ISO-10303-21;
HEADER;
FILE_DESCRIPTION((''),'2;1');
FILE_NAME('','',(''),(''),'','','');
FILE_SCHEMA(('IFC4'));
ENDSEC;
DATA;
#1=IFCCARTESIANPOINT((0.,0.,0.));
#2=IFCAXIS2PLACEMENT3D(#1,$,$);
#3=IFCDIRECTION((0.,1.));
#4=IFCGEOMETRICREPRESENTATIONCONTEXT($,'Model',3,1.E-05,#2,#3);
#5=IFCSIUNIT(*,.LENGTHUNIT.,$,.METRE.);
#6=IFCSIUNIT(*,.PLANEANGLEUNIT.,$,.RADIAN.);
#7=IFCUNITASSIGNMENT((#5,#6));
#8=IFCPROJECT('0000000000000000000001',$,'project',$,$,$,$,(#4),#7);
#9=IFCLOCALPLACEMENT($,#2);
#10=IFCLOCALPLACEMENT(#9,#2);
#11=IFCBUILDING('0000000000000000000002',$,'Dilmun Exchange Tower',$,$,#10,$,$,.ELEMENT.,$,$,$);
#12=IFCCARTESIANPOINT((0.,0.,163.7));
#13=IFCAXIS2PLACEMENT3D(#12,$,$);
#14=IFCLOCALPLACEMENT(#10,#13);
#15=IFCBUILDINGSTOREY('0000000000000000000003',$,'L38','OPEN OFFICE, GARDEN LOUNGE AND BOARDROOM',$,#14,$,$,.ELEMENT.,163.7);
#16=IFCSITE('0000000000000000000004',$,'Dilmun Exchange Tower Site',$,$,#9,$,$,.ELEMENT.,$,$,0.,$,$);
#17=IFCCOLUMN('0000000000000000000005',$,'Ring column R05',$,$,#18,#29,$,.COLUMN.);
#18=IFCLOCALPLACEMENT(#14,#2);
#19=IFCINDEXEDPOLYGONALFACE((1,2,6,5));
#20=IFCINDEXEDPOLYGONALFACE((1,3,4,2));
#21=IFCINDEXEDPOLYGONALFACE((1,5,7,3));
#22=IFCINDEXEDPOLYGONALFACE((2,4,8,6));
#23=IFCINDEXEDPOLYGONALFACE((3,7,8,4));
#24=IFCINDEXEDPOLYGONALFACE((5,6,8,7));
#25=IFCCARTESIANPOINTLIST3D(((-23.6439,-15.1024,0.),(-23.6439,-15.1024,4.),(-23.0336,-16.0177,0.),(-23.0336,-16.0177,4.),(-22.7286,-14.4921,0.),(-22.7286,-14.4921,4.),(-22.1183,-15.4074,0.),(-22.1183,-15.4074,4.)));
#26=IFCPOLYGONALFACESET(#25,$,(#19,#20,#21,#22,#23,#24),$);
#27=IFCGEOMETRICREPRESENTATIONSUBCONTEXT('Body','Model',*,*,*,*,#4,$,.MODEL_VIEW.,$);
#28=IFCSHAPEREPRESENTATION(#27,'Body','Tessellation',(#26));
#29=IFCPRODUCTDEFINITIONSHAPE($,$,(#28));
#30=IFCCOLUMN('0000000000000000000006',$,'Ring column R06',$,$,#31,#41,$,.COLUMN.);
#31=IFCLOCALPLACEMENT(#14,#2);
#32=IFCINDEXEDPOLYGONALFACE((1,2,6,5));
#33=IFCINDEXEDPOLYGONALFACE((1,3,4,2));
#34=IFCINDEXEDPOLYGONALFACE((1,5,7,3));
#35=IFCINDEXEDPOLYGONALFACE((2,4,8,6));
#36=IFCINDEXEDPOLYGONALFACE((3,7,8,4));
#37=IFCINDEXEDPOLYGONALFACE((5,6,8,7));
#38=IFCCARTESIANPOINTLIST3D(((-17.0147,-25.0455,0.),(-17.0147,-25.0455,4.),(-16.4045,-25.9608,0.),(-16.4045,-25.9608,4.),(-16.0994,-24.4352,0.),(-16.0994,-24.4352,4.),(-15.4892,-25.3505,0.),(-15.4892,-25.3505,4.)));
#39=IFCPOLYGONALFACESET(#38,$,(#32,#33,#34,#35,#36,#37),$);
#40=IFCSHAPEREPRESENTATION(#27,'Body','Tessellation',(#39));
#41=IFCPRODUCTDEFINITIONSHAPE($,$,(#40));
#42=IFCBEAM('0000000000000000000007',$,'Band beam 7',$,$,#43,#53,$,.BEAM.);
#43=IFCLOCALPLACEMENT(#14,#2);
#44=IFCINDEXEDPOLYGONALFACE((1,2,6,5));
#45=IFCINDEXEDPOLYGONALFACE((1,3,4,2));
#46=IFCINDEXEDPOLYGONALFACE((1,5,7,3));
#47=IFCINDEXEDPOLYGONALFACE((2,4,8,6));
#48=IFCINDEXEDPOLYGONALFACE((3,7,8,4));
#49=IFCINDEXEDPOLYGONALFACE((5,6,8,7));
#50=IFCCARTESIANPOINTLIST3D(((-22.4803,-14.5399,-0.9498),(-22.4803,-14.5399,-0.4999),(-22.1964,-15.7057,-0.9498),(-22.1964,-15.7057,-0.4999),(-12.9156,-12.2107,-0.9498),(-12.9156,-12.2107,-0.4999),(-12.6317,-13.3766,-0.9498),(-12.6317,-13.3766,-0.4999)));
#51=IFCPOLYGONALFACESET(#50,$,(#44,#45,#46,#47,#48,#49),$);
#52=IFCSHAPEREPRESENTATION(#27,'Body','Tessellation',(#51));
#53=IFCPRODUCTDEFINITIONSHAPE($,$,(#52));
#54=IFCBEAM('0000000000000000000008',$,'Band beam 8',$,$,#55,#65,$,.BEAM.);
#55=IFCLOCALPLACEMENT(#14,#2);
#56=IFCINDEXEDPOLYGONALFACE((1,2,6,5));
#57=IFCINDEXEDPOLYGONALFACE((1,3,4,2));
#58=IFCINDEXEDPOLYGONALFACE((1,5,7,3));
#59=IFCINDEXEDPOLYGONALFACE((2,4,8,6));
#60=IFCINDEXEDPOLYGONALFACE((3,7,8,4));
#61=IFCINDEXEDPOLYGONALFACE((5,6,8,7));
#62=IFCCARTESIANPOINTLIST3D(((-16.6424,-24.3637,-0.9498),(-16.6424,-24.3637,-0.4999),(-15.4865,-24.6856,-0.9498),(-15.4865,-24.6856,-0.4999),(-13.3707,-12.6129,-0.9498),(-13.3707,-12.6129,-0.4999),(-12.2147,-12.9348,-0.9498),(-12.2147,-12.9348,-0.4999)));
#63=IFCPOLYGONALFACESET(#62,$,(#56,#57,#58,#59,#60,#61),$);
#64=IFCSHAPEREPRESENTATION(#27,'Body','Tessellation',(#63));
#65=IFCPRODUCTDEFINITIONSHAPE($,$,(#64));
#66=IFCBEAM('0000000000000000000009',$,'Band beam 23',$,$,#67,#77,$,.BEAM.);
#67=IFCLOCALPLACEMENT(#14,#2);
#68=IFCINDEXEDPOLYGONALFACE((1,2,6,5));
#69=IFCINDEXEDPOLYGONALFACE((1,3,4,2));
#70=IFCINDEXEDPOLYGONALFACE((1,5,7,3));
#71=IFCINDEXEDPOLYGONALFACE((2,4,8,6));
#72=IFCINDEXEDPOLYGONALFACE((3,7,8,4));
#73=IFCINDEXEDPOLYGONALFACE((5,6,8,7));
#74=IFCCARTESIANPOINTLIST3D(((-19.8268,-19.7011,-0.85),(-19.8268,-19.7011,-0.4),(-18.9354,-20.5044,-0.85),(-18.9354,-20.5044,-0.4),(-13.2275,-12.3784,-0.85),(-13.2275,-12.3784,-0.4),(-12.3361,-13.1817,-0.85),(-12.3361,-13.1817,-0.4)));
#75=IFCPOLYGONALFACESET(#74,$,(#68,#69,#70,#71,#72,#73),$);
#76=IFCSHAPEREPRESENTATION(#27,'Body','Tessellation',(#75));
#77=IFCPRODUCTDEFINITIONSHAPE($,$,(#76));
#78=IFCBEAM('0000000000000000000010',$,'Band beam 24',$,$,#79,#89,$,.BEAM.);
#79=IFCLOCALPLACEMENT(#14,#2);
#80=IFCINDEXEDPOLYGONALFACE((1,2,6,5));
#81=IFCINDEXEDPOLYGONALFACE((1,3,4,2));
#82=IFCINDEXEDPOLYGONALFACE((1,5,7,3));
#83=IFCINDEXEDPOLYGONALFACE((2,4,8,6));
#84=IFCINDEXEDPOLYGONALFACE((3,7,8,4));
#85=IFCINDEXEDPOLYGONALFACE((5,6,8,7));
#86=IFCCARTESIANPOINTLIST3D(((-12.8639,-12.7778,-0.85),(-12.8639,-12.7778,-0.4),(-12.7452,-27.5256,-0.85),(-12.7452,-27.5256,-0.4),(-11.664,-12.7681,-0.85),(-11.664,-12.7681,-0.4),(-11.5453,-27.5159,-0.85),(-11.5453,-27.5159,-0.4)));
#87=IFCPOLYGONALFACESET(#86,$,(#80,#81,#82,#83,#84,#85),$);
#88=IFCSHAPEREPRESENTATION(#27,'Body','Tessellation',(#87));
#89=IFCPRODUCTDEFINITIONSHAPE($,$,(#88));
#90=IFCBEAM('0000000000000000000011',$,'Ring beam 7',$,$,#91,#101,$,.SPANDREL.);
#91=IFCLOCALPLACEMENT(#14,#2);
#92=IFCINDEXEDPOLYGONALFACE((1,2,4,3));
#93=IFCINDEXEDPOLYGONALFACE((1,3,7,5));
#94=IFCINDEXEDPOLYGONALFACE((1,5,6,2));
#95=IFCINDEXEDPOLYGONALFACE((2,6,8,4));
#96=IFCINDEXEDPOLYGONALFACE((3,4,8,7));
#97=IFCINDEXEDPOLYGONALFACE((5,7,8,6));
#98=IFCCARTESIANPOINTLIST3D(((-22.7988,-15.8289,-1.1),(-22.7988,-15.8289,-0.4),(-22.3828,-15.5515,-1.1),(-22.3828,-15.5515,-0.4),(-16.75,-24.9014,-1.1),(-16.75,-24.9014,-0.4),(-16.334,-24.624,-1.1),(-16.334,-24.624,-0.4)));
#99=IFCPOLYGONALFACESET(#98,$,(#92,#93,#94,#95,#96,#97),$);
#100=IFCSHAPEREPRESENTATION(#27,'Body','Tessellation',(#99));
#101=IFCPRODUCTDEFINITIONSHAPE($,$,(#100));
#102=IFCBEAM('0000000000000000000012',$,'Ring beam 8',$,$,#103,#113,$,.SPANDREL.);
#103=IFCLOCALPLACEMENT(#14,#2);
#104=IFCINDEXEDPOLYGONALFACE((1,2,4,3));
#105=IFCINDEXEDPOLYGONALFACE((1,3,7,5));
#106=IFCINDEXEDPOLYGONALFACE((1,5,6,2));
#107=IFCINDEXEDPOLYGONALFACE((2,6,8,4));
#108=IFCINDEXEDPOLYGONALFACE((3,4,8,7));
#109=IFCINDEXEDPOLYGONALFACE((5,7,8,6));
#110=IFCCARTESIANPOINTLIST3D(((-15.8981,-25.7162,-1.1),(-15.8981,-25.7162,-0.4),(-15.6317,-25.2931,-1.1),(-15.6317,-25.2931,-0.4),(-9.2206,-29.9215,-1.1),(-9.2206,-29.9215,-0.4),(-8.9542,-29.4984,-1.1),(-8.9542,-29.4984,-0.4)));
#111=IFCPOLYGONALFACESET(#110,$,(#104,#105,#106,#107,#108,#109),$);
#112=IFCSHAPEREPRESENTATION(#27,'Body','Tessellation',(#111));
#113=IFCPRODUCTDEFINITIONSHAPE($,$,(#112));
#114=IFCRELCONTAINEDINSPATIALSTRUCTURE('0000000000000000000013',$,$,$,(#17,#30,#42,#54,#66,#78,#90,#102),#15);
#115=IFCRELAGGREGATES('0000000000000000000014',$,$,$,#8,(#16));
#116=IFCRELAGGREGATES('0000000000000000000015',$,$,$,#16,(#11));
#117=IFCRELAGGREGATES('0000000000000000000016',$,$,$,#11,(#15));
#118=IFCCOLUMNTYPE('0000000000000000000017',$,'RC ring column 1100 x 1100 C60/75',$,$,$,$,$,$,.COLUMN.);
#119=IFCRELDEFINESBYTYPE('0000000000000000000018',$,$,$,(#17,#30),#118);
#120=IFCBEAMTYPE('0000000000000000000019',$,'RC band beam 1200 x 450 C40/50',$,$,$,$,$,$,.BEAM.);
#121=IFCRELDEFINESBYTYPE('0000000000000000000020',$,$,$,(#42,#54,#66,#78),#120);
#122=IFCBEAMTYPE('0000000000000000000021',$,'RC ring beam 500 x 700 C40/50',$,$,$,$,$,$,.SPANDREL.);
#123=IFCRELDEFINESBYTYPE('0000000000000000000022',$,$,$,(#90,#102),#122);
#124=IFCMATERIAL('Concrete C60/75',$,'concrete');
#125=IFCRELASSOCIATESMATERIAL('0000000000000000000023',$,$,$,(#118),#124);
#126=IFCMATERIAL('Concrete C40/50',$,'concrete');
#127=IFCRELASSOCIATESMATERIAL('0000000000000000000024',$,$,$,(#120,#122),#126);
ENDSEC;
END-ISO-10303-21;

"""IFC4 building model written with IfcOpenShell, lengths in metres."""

from ifc_helpers import new_model, si_unit, direction, frame, origin, origin_2d, place, context, subcontext, project, spatial, rectangle, extrude, material, material_profile, profile_set, type_object, element, save


model = new_model("IFC4")

# Units and contexts
model_context = context("Model", 3, precision=1e-05, world=origin(), true_north=direction((0.0, 1.0)))
body_context = subcontext(model_context, "Body", "Model", "MODEL_VIEW")
ifc_project = project(units=[si_unit("LENGTHUNIT", "METRE"), si_unit("PLANEANGLEUNIT", "RADIAN")], contexts=[model_context])

# Site, building, storey
site_placement = place(None, origin())
site = spatial("IfcSite", under=ifc_project, at=site_placement, Name="Dilmun Exchange Tower Site", CompositionType="ELEMENT", RefElevation=0.0)
building_placement = place(site_placement, origin())
building = spatial("IfcBuilding", under=site, at=building_placement, Name="Dilmun Exchange Tower", CompositionType="ELEMENT")
storey_placement = place(building_placement, frame((0.0, 0.0, 163.7)))
storey = spatial("IfcBuildingStorey", under=building, at=storey_placement, Name="L38", Description="OPEN OFFICE, GARDEN LOUNGE AND BOARDROOM", CompositionType="ELEMENT", Elevation=163.7)

# Columns
ifc_material_1 = material(Name="Concrete C60/75", Category="concrete")
ifc_material_profile_1 = material_profile(ifc_material_1, rectangle(XDim=1.1001, YDim=1.1001, at=origin_2d()), Name="1100 x 1100")
ifc_profile_set_1 = profile_set([ifc_material_profile_1], Name="Concrete C60/75")
column_type = type_object("IfcColumnType", Name="RC ring column 1100 x 1100 C60/75", PredefinedType="COLUMN", material=ifc_profile_set_1)
for number, where, z_axis, x_axis, name in (
    (1, (-22.8811, -15.2549, 0.0), (0.0, 0.0, 1.0), (0.832029, 0.554733, 0.0), "Ring column R05"),
    (2, (-16.252, -25.198, 0.0), (0.0, 0.0, 1.0), (0.832029, 0.554733, 0.0), "Ring column R06"),
):
    element("IfcColumn", number, at=place(storey_placement, frame(where, z_axis=z_axis, x_axis=x_axis)), inside=storey, type_object=column_type, Name=name, PredefinedType="COLUMN", context=body_context, shape_type="SweptSolid", body=[
        extrude(rectangle(XDim=1.1001, YDim=1.1001, at=origin_2d()), origin(), (0.0, 0.0, 1.0), 4.0),
    ])

# Beams
ifc_material_2 = material(Name="Concrete C40/50", Category="concrete")
ifc_material_profile_2 = material_profile(ifc_material_2, rectangle(XDim=1.2, YDim=0.45, at=origin_2d()), Name="1200 x 450")
ifc_profile_set_2 = profile_set([ifc_material_profile_2], Name="Concrete C40/50")
beam_type_1 = type_object("IfcBeamType", Name="RC band beam 1200 x 450 C40/50", PredefinedType="BEAM", material=ifc_profile_set_2)
beam_1_placement = place(storey_placement, frame((-22.3384, -15.1228, -0.7249), z_axis=(0.971608, 0.236596, 0.0), x_axis=(-0.236596, 0.971608, 0.0)))
element("IfcBeam", 3, at=beam_1_placement, inside=storey, type_object=beam_type_1, Name="Band beam 7", PredefinedType="BEAM", context=body_context, shape_type="SweptSolid", body=[
    extrude(rectangle(XDim=1.2, YDim=0.45, at=origin_2d()), origin(), (0.0, 0.0, 1.0), 9.8442),
])
beam_2_placement = place(storey_placement, frame((-16.0645, -24.5247, -0.7249), z_axis=(0.268225, 0.963356, 0.0), x_axis=(-0.963356, 0.268225, 0.0)))
element("IfcBeam", 4, at=beam_2_placement, inside=storey, type_object=beam_type_1, Name="Band beam 8", PredefinedType="BEAM", context=body_context, shape_type="SweptSolid", body=[
    extrude(rectangle(XDim=1.2, YDim=0.45, at=origin_2d()), origin(), (0.0, 0.0, 1.0), 12.1978),
])
beam_3_placement = place(storey_placement, frame((-19.3811, -20.1028, -0.625), z_axis=(0.669463, 0.742846, 0.0), x_axis=(-0.742846, 0.669463, 0.0)))
element("IfcBeam", 5, at=beam_3_placement, inside=storey, type_object=beam_type_1, Name="Band beam 23", PredefinedType="BEAM", context=body_context, shape_type="SweptSolid", body=[
    extrude(rectangle(XDim=1.2, YDim=0.45, at=origin_2d()), origin(), (0.0, 0.0, 1.0), 9.8577),
])
beam_4_placement = place(storey_placement, frame((-12.1453, -27.5208, -0.625), z_axis=(-0.008045, 0.999968, 0.0), x_axis=(-0.999968, -0.008045, 0.0)))
element("IfcBeam", 6, at=beam_4_placement, inside=storey, type_object=beam_type_1, Name="Band beam 24", PredefinedType="BEAM", context=body_context, shape_type="SweptSolid", body=[
    extrude(rectangle(XDim=1.2, YDim=0.45, at=origin_2d()), origin(), (0.0, 0.0, 1.0), 14.7483),
])
ifc_material_profile_3 = material_profile(ifc_material_2, rectangle(XDim=0.5, YDim=0.7, at=origin_2d()), Name="500 x 700")
ifc_profile_set_3 = profile_set([ifc_material_profile_3], Name="Concrete C40/50")
beam_type_2 = type_object("IfcBeamType", Name="RC ring beam 500 x 700 C40/50", PredefinedType="SPANDREL", material=ifc_profile_set_3)
beam_5_placement = place(storey_placement, frame((-22.5908, -15.6902, -0.75), z_axis=(0.554731, -0.83203, 0.0), x_axis=(0.83203, 0.554731, 0.0)))
element("IfcBeam", 7, at=beam_5_placement, inside=storey, type_object=beam_type_2, Name="Ring beam 7", PredefinedType="SPANDREL", context=body_context, shape_type="SweptSolid", body=[
    extrude(rectangle(XDim=0.5, YDim=0.7, at=origin_2d()), origin(), (0.0, 0.0, 1.0), 10.9041),
])
beam_6_placement = place(storey_placement, frame((-15.7649, -25.5046, -0.75), z_axis=(0.846177, -0.532902, 0.0), x_axis=(0.532902, 0.846177, 0.0)))
element("IfcBeam", 8, at=beam_6_placement, inside=storey, type_object=beam_type_2, Name="Ring beam 8", PredefinedType="SPANDREL", context=body_context, shape_type="SweptSolid", body=[
    extrude(rectangle(XDim=0.5, YDim=0.7, at=origin_2d()), origin(), (0.0, 0.0, 1.0), 7.8914),
])

save(model, "model.ifc")
